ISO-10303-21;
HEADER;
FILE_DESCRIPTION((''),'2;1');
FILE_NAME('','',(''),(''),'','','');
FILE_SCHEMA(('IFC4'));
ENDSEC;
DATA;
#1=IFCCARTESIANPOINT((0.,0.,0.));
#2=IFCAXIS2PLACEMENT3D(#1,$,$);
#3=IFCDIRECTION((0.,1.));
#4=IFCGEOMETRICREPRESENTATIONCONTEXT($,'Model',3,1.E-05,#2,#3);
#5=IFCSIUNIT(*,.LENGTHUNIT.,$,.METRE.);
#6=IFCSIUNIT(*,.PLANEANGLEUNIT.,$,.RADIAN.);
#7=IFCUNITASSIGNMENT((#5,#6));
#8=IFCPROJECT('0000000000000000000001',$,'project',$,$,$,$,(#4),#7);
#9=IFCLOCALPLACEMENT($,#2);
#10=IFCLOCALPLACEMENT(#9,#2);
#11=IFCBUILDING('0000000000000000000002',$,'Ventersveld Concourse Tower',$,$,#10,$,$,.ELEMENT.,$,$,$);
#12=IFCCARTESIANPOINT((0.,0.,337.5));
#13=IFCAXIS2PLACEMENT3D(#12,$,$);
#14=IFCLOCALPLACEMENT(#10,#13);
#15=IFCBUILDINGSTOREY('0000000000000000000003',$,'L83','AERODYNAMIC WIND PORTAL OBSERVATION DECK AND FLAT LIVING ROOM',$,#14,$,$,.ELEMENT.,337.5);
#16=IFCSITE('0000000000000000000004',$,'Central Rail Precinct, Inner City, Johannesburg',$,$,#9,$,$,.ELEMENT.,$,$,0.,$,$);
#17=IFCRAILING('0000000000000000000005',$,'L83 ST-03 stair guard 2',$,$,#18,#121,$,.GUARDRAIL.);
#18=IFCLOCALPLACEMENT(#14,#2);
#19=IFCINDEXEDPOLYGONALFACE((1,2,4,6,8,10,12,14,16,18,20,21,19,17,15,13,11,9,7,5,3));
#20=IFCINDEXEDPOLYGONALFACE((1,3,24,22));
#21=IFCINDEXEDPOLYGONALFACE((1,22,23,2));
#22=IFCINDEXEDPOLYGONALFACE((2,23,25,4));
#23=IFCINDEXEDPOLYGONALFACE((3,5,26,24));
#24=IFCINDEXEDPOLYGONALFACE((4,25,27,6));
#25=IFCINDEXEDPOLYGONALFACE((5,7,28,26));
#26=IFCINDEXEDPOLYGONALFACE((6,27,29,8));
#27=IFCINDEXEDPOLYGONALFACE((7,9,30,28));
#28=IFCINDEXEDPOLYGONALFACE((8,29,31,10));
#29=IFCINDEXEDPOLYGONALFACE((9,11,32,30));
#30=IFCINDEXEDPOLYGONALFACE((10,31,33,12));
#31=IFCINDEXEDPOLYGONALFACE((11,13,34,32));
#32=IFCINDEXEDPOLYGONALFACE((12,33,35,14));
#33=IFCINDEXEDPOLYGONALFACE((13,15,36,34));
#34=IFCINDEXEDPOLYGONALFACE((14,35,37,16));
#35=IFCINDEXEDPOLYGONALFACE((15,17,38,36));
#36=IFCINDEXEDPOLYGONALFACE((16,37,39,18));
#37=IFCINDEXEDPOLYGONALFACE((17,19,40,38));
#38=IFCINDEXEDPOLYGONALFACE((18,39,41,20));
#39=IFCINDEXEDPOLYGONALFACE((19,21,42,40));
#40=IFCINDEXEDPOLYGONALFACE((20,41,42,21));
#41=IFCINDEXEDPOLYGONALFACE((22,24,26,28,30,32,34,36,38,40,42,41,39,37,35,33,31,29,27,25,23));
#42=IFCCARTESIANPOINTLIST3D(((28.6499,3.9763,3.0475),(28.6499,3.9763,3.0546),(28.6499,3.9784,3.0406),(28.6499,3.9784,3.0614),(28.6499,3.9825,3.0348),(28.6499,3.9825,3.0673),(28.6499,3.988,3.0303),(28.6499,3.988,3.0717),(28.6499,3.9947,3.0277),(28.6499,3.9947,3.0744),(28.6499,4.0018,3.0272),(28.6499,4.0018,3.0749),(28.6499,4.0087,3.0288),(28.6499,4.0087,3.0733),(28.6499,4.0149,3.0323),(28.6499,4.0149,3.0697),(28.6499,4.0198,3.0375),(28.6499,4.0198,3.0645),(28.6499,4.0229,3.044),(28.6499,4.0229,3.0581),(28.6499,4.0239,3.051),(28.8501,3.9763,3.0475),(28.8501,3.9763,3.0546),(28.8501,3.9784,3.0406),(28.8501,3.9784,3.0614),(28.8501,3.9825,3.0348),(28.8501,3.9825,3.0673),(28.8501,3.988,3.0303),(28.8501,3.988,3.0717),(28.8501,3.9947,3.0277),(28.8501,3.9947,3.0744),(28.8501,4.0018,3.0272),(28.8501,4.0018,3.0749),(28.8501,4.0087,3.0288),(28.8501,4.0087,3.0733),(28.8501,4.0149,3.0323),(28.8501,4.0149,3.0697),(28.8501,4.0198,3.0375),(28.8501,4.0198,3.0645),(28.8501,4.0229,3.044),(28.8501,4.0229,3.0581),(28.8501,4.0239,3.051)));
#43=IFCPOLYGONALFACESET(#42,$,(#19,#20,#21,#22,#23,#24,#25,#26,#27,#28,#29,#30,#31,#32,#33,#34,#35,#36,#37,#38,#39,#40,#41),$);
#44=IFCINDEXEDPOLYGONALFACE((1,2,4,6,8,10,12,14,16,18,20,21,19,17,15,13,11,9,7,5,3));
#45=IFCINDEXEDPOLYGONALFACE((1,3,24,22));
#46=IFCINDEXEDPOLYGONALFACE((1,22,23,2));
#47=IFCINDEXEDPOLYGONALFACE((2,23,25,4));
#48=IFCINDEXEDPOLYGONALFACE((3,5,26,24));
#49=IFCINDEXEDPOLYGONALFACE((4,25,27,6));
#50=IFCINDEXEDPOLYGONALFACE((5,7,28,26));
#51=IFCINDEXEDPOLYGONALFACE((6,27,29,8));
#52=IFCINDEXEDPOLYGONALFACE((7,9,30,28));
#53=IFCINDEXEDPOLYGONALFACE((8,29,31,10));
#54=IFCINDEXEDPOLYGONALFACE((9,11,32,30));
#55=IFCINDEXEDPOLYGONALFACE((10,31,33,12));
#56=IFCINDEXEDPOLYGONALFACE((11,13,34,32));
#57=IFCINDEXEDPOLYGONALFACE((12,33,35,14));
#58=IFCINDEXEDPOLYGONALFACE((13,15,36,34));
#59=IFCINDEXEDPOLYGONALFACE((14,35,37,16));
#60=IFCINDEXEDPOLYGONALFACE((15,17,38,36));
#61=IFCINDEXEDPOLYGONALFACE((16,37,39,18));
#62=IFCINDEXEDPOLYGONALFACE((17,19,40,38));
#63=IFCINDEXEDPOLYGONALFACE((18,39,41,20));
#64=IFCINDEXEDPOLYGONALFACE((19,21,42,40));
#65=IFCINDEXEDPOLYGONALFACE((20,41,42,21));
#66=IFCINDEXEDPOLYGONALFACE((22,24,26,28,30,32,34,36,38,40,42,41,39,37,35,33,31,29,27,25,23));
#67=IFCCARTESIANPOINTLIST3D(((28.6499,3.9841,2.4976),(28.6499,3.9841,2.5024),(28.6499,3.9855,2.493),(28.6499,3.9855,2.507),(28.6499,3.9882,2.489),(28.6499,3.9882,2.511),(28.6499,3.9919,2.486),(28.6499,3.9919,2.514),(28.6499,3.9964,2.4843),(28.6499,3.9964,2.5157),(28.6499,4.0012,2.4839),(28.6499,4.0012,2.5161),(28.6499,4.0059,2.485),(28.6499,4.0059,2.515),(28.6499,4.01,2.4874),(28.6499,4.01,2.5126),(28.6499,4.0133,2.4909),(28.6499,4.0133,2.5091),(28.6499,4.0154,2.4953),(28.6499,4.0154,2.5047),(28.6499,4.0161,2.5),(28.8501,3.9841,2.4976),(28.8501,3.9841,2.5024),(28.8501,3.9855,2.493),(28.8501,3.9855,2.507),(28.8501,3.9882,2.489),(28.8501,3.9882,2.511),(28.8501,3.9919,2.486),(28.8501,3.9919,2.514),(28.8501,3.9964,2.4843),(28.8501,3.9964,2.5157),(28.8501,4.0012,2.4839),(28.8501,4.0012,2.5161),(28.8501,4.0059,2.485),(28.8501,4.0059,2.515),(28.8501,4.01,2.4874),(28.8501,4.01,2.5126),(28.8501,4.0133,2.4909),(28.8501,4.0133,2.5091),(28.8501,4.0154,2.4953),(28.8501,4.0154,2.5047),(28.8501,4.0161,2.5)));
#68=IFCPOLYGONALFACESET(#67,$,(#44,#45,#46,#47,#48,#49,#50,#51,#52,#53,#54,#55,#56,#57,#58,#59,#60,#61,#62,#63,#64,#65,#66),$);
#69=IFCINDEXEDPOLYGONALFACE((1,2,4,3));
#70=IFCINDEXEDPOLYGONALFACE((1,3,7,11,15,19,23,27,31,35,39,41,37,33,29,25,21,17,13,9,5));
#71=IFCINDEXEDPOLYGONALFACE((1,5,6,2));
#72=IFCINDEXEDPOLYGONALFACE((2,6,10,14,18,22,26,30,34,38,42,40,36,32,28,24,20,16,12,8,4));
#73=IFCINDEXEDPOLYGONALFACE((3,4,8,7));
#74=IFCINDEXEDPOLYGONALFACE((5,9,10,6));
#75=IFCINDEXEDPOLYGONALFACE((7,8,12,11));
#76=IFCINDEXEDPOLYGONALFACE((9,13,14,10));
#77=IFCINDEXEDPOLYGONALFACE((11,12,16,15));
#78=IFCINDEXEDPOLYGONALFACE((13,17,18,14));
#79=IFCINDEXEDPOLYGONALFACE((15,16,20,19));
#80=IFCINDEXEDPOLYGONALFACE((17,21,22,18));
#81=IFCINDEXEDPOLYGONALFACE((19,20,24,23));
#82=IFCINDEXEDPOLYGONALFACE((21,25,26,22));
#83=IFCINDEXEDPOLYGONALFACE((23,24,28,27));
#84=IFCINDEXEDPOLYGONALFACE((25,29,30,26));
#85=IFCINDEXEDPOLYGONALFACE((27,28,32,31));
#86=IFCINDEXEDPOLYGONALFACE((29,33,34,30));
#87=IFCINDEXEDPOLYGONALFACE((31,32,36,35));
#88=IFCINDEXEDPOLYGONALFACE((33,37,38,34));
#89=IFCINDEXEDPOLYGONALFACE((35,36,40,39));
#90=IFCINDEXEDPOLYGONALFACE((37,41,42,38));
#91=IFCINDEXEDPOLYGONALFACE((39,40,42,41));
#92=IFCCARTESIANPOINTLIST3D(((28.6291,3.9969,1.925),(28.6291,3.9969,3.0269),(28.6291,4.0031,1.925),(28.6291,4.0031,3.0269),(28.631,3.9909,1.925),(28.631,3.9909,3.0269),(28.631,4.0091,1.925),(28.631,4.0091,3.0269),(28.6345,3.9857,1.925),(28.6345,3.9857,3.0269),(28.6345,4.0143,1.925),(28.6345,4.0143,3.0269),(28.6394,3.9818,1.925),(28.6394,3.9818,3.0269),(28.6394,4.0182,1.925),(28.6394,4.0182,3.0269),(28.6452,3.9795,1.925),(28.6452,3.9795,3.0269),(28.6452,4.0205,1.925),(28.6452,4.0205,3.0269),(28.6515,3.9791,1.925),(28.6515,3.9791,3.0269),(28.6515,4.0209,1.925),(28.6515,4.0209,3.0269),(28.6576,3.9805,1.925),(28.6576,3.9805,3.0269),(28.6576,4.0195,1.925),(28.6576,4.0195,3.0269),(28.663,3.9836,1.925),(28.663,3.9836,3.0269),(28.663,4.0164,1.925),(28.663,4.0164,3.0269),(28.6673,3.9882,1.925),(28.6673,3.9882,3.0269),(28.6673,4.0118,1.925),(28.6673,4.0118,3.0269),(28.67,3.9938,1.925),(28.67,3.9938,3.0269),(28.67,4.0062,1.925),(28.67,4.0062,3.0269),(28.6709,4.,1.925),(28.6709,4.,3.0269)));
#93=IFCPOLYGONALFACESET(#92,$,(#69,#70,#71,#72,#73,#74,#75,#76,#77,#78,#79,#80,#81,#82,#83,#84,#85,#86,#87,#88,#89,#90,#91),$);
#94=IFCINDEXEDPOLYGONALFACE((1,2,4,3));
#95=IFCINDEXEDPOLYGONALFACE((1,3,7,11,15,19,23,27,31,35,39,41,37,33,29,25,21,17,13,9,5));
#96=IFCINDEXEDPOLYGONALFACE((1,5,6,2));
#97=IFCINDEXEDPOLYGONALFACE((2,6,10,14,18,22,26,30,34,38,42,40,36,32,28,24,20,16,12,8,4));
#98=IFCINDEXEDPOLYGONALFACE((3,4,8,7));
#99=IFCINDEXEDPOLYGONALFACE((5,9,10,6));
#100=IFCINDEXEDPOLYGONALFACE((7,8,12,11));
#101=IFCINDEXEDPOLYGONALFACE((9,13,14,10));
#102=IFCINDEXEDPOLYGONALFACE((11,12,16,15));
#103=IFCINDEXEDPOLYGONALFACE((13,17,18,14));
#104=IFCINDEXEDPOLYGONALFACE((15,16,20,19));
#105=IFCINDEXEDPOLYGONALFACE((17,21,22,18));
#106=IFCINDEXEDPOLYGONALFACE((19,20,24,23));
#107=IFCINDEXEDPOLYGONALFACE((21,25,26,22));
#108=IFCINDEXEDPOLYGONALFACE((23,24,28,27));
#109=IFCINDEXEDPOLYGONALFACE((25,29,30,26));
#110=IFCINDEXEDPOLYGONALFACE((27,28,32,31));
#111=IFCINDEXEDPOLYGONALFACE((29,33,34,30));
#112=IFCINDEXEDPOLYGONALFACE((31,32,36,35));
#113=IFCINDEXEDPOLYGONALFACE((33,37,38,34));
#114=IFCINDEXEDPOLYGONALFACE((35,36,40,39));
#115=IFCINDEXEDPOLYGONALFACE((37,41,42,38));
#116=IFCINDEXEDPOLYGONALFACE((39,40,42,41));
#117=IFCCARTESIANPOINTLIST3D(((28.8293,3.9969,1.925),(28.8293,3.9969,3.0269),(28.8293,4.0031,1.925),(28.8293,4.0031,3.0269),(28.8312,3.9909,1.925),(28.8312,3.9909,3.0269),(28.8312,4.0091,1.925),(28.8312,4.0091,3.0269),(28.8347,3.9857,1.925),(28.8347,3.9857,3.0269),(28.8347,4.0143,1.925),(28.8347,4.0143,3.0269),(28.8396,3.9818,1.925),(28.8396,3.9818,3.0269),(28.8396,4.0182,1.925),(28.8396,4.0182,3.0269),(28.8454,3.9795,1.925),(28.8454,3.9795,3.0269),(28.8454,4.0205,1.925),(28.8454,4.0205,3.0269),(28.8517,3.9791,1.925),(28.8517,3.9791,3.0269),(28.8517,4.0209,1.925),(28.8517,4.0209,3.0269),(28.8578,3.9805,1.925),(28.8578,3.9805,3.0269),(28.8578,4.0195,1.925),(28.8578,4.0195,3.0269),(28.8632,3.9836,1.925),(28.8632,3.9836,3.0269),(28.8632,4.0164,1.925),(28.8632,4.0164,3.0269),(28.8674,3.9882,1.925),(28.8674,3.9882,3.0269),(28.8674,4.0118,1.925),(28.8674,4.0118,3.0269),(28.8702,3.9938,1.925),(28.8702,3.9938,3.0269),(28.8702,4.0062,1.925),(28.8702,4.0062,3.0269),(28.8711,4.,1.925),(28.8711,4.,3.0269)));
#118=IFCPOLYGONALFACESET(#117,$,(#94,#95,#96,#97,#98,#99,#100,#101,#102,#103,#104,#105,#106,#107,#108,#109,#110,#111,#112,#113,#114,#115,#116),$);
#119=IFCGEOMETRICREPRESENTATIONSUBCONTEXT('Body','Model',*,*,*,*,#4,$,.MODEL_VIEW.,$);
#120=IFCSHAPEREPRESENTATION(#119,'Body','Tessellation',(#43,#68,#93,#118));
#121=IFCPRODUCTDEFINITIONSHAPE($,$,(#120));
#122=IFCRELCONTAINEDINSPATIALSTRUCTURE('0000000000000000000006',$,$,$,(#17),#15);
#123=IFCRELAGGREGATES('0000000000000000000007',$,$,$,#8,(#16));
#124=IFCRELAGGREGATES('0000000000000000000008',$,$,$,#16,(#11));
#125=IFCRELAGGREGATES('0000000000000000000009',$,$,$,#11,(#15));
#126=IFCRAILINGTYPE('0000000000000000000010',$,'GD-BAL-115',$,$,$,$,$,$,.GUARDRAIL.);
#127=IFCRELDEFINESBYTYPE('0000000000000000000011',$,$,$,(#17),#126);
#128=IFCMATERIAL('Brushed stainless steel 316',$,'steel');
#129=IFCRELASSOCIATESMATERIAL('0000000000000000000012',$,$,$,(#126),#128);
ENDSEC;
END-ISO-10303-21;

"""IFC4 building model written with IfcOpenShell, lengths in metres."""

from ifc_helpers import new_model, si_unit, direction, frame, origin, origin_2d, place, context, subcontext, project, spatial, circle, extrude, material, type_object, element, save


model = new_model("IFC4")

# Units and contexts
model_context = context("Model", 3, precision=1e-05, world=origin(), true_north=direction((0.0, 1.0)))
body_context = subcontext(model_context, "Body", "Model", "MODEL_VIEW")
ifc_project = project(units=[si_unit("LENGTHUNIT", "METRE"), si_unit("PLANEANGLEUNIT", "RADIAN")], contexts=[model_context])

# Site, building, storey
site_placement = place(None, origin())
site = spatial("IfcSite", under=ifc_project, at=site_placement, Name="Central Rail Precinct, Inner City, Johannesburg", CompositionType="ELEMENT", RefElevation=0.0)
building_placement = place(site_placement, origin())
building = spatial("IfcBuilding", under=site, at=building_placement, Name="Ventersveld Concourse Tower", CompositionType="ELEMENT")
storey_placement = place(building_placement, frame((0.0, 0.0, 337.5)))
storey = spatial("IfcBuildingStorey", under=building, at=storey_placement, Name="L83", Description="AERODYNAMIC WIND PORTAL OBSERVATION DECK AND FLAT LIVING ROOM", CompositionType="ELEMENT", Elevation=337.5)

# Railing
ifc_material_1 = material(Name="Brushed stainless steel 316", Category="steel")
railing_type_1 = type_object("IfcRailingType", Name="GD-BAL-115", PredefinedType="GUARDRAIL", material=ifc_material_1)
railing_1_placement = place(storey_placement, frame((28.6499, 4.0, 1.925)))
element("IfcRailing", 1, at=railing_1_placement, inside=storey, type_object=railing_type_1, Name="L83 ST-03 stair guard 2", PredefinedType="GUARDRAIL", context=body_context, shape_type="SweptSolid", body=[
    extrude(circle(Radius=0.0239, at=origin_2d()), frame((0.0, 0.0, 1.126), z_axis=(1.0, 0.0, 0.0), x_axis=(0.0, 1.0, 0.0)), (0.0, 0.0, 1.0), 0.2002),
    extrude(circle(Radius=0.0161, at=origin_2d()), frame((0.0, 0.0, 0.575), z_axis=(1.0, 0.0, 0.0), x_axis=(0.0, 1.0, 0.0)), (0.0, 0.0, 1.0), 0.2002),
    extrude(circle(Radius=0.021, at=origin_2d()), origin(), (0.0, 0.0, 1.0), 1.1018),
    extrude(circle(Radius=0.021, at=origin_2d()), frame((0.2002, 0.0, 0.0)), (0.0, 0.0, 1.0), 1.1018),
])

save(model, "model.ifc")
